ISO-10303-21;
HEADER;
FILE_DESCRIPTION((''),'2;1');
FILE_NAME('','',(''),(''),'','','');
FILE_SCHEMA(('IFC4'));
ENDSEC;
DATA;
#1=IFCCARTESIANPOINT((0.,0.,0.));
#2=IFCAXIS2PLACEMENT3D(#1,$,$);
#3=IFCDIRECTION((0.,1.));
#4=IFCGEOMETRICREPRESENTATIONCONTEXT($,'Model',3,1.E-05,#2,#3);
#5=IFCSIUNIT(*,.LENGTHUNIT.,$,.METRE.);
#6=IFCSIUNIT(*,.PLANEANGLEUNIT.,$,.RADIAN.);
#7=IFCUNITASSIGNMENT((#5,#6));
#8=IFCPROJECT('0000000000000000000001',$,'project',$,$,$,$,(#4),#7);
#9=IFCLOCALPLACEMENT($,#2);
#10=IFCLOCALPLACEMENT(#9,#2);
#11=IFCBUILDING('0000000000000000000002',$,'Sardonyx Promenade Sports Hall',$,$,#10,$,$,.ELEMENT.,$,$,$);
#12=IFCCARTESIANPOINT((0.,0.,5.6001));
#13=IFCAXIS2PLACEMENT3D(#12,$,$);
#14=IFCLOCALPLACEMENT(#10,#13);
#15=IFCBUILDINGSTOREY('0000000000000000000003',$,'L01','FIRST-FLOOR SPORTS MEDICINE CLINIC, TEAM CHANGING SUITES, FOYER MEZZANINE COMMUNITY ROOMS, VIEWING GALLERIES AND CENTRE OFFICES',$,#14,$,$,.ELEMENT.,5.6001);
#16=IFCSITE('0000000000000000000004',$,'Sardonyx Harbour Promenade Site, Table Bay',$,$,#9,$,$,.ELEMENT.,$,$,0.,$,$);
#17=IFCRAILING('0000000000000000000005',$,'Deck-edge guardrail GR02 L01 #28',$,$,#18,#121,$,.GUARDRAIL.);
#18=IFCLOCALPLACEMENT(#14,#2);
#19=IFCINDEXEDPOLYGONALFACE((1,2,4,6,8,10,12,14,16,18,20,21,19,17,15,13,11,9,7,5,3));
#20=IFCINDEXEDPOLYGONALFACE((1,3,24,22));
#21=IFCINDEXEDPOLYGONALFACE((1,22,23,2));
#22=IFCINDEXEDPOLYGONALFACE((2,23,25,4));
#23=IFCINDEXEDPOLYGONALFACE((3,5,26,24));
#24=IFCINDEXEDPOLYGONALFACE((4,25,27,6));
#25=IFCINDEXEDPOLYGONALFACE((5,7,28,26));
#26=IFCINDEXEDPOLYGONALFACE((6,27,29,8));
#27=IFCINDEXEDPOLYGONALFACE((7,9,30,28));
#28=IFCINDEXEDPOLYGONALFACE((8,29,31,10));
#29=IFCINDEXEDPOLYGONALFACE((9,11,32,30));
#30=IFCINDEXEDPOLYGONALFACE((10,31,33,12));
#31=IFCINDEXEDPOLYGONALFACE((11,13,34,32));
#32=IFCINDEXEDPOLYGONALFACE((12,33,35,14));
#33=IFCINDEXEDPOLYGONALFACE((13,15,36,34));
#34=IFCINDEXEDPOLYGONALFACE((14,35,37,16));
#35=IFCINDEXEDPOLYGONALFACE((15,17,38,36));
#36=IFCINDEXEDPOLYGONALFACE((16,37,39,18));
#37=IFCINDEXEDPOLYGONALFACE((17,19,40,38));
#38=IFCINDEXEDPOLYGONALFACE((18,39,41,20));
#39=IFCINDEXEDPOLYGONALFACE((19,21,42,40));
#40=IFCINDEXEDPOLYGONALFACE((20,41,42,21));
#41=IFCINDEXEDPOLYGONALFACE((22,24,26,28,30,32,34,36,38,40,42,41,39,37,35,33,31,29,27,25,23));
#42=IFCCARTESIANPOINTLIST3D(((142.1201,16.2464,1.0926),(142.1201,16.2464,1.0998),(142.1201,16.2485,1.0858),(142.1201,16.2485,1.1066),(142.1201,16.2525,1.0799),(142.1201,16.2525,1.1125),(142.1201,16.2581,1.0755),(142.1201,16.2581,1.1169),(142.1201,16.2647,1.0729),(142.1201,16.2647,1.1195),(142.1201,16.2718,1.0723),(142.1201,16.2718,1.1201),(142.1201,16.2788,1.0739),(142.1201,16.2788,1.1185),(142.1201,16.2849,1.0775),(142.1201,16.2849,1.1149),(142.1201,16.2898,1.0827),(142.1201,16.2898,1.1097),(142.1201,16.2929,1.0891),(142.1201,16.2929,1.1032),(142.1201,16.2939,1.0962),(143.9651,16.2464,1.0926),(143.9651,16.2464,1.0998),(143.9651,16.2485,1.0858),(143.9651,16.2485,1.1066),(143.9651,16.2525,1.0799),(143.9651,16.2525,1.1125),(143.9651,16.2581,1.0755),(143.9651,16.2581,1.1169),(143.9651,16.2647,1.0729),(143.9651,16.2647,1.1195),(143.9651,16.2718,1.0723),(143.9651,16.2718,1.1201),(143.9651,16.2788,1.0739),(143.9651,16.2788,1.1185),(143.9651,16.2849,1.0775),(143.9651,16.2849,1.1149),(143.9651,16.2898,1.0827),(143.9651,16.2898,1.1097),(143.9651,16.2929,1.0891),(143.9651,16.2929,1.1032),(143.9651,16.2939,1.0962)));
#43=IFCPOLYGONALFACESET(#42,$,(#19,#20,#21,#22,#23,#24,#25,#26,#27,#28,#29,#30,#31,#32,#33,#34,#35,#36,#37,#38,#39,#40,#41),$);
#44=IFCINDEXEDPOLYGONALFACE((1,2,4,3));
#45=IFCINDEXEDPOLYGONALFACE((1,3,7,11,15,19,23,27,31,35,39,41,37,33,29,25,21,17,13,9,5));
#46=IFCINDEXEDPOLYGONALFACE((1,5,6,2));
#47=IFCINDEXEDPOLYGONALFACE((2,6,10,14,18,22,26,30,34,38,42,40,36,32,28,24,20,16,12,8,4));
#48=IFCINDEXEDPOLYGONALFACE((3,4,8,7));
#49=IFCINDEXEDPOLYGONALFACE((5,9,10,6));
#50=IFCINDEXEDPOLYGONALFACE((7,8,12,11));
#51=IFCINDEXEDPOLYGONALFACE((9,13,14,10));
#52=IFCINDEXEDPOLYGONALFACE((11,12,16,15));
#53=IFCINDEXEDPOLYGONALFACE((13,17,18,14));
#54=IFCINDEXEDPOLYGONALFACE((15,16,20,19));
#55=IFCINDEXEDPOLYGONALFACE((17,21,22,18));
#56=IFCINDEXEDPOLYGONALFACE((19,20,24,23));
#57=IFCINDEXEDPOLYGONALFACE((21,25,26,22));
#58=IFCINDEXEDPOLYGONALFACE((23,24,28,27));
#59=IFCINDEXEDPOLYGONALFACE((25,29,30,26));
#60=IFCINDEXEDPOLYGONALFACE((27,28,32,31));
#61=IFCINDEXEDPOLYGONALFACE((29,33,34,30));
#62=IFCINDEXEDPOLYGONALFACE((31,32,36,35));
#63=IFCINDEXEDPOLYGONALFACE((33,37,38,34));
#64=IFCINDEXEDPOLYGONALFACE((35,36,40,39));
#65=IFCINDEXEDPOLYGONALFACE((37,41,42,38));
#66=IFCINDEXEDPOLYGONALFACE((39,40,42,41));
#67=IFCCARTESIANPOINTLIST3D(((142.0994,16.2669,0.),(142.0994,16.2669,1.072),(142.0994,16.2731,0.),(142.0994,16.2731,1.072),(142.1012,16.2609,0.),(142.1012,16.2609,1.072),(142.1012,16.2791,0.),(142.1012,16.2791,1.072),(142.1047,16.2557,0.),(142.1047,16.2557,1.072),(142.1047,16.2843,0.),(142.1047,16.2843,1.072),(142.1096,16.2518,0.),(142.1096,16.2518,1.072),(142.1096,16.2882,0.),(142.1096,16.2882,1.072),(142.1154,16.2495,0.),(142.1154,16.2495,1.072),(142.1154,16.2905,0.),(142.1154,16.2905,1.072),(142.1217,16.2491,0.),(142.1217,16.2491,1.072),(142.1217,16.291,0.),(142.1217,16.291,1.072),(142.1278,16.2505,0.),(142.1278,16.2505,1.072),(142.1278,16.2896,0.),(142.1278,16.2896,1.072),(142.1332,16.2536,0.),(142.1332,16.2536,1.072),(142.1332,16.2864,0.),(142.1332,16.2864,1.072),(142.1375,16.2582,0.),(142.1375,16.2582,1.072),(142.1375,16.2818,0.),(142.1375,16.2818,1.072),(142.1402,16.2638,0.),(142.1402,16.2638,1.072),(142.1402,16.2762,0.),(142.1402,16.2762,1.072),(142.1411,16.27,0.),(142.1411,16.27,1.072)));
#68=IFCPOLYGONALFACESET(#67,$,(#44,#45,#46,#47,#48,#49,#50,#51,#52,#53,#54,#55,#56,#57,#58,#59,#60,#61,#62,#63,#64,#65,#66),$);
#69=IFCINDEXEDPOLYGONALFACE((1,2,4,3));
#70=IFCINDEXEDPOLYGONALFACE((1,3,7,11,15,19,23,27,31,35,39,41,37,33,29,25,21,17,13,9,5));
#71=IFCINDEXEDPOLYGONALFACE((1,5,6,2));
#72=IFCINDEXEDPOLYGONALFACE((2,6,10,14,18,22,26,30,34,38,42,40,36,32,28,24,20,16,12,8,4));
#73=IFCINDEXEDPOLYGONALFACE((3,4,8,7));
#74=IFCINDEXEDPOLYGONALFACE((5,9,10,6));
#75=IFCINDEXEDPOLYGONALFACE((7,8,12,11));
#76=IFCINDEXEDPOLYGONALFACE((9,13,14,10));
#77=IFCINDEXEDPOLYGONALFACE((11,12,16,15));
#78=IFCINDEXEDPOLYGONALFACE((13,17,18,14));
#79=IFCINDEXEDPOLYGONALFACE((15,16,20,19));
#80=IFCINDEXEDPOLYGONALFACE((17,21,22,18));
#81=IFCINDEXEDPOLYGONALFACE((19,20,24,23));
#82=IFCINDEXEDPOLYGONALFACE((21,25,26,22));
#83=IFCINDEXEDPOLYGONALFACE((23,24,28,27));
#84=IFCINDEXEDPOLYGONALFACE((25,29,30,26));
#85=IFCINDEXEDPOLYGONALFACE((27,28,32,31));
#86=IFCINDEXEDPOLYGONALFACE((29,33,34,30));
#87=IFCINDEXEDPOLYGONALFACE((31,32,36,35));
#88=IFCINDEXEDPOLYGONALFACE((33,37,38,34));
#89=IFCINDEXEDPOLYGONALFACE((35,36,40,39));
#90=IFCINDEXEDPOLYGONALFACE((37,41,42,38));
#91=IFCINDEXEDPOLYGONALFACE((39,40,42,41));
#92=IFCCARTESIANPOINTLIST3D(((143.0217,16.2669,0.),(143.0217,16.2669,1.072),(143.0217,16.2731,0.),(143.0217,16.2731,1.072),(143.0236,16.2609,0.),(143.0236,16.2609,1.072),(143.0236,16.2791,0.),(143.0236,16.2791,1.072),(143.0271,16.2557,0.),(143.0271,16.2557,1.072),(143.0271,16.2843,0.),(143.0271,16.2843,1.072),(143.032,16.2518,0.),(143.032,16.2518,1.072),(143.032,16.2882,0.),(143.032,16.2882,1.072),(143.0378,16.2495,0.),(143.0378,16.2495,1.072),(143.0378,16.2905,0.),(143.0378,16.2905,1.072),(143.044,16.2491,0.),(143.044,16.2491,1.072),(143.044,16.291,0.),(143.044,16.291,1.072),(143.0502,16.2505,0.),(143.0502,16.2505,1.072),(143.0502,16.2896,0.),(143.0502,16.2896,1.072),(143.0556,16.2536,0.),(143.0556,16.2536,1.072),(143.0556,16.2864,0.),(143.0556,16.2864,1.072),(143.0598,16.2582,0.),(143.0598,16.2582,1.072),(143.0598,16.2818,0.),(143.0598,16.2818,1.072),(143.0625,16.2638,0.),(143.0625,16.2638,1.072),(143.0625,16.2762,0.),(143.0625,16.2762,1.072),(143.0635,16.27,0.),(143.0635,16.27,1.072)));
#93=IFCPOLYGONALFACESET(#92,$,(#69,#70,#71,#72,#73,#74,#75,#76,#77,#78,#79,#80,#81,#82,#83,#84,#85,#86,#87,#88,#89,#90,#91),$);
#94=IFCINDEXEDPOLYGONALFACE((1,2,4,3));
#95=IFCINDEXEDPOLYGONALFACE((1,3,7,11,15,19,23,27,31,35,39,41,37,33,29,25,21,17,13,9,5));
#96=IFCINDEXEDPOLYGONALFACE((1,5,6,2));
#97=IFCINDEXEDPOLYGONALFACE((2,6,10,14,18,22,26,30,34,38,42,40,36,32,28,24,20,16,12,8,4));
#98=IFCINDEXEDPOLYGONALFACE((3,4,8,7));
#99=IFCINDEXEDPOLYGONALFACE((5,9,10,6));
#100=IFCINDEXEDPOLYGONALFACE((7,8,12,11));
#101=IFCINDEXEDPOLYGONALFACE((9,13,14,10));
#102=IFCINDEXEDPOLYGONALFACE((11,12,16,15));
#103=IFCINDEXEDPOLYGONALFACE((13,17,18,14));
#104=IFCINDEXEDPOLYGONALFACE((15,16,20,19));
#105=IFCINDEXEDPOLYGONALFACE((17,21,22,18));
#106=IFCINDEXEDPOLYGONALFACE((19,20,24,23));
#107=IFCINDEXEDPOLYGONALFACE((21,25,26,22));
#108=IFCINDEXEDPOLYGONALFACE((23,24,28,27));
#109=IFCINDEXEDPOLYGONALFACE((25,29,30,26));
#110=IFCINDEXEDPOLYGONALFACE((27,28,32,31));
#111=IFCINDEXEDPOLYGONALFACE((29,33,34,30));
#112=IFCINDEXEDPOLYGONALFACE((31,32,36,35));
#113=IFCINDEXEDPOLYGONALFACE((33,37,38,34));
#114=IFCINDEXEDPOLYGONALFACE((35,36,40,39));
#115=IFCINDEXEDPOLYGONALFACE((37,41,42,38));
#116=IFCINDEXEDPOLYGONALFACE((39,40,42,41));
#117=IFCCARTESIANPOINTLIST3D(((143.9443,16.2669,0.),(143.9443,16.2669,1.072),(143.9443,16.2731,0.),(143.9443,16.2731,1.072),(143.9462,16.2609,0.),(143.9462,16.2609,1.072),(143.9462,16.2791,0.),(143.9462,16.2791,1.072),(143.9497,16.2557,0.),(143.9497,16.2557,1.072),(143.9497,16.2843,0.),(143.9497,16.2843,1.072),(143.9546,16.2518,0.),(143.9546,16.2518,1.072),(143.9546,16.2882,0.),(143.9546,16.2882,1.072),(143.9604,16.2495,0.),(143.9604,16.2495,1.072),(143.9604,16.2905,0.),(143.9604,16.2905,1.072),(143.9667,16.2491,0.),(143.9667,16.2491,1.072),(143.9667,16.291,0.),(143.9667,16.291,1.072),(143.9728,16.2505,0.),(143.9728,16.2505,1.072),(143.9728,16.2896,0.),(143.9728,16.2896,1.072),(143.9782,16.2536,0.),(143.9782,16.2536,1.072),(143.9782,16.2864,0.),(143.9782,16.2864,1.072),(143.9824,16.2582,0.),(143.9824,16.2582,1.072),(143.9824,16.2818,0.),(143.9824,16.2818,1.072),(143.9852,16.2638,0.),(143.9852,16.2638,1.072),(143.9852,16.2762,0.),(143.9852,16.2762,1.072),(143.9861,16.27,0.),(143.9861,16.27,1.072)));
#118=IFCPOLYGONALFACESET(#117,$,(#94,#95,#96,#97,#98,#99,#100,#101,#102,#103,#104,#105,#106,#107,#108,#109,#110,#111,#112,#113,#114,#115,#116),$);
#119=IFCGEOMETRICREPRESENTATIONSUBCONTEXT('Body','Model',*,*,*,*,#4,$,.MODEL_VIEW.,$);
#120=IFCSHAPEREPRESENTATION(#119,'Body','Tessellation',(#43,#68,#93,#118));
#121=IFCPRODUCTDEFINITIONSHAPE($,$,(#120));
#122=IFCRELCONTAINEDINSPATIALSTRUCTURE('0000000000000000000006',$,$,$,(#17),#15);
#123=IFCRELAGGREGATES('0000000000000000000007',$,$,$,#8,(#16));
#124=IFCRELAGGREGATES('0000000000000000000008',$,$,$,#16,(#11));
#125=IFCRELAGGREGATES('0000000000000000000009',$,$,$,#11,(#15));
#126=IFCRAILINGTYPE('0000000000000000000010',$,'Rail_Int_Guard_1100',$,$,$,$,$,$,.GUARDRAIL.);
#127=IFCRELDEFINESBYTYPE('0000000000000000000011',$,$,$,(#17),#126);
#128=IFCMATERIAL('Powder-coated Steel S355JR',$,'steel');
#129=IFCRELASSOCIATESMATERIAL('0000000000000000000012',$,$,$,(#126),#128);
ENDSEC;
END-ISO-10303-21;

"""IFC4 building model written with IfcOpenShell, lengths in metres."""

from ifc_helpers import new_model, si_unit, direction, frame, origin, origin_2d, place, context, subcontext, project, spatial, circle, extrude, material, type_object, element, save


model = new_model("IFC4")

# Units and contexts
model_context = context("Model", 3, precision=1e-05, world=origin(), true_north=direction((0.0, 1.0)))
body_context = subcontext(model_context, "Body", "Model", "MODEL_VIEW")
ifc_project = project(units=[si_unit("LENGTHUNIT", "METRE"), si_unit("PLANEANGLEUNIT", "RADIAN")], contexts=[model_context])

# Site, building, storey
site_placement = place(None, origin())
site = spatial("IfcSite", under=ifc_project, at=site_placement, Name="Sardonyx Harbour Promenade Site, Table Bay", CompositionType="ELEMENT", RefElevation=0.0)
building_placement = place(site_placement, origin())
building = spatial("IfcBuilding", under=site, at=building_placement, Name="Sardonyx Promenade Sports Hall", CompositionType="ELEMENT")
storey_placement = place(building_placement, frame((0.0, 0.0, 5.6001)))
storey = spatial("IfcBuildingStorey", under=building, at=storey_placement, Name="L01", Description="FIRST-FLOOR SPORTS MEDICINE CLINIC, TEAM CHANGING SUITES, FOYER MEZZANINE COMMUNITY ROOMS, VIEWING GALLERIES AND CENTRE OFFICES", CompositionType="ELEMENT", Elevation=5.6001)

# Railing
ifc_material_1 = material(Name="Powder-coated Steel S355JR", Category="steel")
railing_type = type_object("IfcRailingType", Name="Rail_Int_Guard_1100", PredefinedType="GUARDRAIL", material=ifc_material_1)
railing_1_placement = place(storey_placement, frame((142.1201, 16.27, 0.0)))
element("IfcRailing", 1, at=railing_1_placement, inside=storey, type_object=railing_type, Name="Deck-edge guardrail GR02 L01 #28", PredefinedType="GUARDRAIL", context=body_context, shape_type="SweptSolid", body=[
    extrude(circle(Radius=0.0239, at=origin_2d()), frame((0.0, 0.0, 1.0962), z_axis=(1.0, 0.0, 0.0), x_axis=(0.0, 1.0, 0.0)), (0.0, 0.0, 1.0), 1.845),
    extrude(circle(Radius=0.021, at=origin_2d()), origin(), (0.0, 0.0, 1.0), 1.072),
    extrude(circle(Radius=0.021, at=origin_2d()), frame((0.9224, 0.0, 0.0)), (0.0, 0.0, 1.0), 1.072),
    extrude(circle(Radius=0.021, at=origin_2d()), frame((1.845, 0.0, 0.0)), (0.0, 0.0, 1.0), 1.072),
])

save(model, "model.ifc")
